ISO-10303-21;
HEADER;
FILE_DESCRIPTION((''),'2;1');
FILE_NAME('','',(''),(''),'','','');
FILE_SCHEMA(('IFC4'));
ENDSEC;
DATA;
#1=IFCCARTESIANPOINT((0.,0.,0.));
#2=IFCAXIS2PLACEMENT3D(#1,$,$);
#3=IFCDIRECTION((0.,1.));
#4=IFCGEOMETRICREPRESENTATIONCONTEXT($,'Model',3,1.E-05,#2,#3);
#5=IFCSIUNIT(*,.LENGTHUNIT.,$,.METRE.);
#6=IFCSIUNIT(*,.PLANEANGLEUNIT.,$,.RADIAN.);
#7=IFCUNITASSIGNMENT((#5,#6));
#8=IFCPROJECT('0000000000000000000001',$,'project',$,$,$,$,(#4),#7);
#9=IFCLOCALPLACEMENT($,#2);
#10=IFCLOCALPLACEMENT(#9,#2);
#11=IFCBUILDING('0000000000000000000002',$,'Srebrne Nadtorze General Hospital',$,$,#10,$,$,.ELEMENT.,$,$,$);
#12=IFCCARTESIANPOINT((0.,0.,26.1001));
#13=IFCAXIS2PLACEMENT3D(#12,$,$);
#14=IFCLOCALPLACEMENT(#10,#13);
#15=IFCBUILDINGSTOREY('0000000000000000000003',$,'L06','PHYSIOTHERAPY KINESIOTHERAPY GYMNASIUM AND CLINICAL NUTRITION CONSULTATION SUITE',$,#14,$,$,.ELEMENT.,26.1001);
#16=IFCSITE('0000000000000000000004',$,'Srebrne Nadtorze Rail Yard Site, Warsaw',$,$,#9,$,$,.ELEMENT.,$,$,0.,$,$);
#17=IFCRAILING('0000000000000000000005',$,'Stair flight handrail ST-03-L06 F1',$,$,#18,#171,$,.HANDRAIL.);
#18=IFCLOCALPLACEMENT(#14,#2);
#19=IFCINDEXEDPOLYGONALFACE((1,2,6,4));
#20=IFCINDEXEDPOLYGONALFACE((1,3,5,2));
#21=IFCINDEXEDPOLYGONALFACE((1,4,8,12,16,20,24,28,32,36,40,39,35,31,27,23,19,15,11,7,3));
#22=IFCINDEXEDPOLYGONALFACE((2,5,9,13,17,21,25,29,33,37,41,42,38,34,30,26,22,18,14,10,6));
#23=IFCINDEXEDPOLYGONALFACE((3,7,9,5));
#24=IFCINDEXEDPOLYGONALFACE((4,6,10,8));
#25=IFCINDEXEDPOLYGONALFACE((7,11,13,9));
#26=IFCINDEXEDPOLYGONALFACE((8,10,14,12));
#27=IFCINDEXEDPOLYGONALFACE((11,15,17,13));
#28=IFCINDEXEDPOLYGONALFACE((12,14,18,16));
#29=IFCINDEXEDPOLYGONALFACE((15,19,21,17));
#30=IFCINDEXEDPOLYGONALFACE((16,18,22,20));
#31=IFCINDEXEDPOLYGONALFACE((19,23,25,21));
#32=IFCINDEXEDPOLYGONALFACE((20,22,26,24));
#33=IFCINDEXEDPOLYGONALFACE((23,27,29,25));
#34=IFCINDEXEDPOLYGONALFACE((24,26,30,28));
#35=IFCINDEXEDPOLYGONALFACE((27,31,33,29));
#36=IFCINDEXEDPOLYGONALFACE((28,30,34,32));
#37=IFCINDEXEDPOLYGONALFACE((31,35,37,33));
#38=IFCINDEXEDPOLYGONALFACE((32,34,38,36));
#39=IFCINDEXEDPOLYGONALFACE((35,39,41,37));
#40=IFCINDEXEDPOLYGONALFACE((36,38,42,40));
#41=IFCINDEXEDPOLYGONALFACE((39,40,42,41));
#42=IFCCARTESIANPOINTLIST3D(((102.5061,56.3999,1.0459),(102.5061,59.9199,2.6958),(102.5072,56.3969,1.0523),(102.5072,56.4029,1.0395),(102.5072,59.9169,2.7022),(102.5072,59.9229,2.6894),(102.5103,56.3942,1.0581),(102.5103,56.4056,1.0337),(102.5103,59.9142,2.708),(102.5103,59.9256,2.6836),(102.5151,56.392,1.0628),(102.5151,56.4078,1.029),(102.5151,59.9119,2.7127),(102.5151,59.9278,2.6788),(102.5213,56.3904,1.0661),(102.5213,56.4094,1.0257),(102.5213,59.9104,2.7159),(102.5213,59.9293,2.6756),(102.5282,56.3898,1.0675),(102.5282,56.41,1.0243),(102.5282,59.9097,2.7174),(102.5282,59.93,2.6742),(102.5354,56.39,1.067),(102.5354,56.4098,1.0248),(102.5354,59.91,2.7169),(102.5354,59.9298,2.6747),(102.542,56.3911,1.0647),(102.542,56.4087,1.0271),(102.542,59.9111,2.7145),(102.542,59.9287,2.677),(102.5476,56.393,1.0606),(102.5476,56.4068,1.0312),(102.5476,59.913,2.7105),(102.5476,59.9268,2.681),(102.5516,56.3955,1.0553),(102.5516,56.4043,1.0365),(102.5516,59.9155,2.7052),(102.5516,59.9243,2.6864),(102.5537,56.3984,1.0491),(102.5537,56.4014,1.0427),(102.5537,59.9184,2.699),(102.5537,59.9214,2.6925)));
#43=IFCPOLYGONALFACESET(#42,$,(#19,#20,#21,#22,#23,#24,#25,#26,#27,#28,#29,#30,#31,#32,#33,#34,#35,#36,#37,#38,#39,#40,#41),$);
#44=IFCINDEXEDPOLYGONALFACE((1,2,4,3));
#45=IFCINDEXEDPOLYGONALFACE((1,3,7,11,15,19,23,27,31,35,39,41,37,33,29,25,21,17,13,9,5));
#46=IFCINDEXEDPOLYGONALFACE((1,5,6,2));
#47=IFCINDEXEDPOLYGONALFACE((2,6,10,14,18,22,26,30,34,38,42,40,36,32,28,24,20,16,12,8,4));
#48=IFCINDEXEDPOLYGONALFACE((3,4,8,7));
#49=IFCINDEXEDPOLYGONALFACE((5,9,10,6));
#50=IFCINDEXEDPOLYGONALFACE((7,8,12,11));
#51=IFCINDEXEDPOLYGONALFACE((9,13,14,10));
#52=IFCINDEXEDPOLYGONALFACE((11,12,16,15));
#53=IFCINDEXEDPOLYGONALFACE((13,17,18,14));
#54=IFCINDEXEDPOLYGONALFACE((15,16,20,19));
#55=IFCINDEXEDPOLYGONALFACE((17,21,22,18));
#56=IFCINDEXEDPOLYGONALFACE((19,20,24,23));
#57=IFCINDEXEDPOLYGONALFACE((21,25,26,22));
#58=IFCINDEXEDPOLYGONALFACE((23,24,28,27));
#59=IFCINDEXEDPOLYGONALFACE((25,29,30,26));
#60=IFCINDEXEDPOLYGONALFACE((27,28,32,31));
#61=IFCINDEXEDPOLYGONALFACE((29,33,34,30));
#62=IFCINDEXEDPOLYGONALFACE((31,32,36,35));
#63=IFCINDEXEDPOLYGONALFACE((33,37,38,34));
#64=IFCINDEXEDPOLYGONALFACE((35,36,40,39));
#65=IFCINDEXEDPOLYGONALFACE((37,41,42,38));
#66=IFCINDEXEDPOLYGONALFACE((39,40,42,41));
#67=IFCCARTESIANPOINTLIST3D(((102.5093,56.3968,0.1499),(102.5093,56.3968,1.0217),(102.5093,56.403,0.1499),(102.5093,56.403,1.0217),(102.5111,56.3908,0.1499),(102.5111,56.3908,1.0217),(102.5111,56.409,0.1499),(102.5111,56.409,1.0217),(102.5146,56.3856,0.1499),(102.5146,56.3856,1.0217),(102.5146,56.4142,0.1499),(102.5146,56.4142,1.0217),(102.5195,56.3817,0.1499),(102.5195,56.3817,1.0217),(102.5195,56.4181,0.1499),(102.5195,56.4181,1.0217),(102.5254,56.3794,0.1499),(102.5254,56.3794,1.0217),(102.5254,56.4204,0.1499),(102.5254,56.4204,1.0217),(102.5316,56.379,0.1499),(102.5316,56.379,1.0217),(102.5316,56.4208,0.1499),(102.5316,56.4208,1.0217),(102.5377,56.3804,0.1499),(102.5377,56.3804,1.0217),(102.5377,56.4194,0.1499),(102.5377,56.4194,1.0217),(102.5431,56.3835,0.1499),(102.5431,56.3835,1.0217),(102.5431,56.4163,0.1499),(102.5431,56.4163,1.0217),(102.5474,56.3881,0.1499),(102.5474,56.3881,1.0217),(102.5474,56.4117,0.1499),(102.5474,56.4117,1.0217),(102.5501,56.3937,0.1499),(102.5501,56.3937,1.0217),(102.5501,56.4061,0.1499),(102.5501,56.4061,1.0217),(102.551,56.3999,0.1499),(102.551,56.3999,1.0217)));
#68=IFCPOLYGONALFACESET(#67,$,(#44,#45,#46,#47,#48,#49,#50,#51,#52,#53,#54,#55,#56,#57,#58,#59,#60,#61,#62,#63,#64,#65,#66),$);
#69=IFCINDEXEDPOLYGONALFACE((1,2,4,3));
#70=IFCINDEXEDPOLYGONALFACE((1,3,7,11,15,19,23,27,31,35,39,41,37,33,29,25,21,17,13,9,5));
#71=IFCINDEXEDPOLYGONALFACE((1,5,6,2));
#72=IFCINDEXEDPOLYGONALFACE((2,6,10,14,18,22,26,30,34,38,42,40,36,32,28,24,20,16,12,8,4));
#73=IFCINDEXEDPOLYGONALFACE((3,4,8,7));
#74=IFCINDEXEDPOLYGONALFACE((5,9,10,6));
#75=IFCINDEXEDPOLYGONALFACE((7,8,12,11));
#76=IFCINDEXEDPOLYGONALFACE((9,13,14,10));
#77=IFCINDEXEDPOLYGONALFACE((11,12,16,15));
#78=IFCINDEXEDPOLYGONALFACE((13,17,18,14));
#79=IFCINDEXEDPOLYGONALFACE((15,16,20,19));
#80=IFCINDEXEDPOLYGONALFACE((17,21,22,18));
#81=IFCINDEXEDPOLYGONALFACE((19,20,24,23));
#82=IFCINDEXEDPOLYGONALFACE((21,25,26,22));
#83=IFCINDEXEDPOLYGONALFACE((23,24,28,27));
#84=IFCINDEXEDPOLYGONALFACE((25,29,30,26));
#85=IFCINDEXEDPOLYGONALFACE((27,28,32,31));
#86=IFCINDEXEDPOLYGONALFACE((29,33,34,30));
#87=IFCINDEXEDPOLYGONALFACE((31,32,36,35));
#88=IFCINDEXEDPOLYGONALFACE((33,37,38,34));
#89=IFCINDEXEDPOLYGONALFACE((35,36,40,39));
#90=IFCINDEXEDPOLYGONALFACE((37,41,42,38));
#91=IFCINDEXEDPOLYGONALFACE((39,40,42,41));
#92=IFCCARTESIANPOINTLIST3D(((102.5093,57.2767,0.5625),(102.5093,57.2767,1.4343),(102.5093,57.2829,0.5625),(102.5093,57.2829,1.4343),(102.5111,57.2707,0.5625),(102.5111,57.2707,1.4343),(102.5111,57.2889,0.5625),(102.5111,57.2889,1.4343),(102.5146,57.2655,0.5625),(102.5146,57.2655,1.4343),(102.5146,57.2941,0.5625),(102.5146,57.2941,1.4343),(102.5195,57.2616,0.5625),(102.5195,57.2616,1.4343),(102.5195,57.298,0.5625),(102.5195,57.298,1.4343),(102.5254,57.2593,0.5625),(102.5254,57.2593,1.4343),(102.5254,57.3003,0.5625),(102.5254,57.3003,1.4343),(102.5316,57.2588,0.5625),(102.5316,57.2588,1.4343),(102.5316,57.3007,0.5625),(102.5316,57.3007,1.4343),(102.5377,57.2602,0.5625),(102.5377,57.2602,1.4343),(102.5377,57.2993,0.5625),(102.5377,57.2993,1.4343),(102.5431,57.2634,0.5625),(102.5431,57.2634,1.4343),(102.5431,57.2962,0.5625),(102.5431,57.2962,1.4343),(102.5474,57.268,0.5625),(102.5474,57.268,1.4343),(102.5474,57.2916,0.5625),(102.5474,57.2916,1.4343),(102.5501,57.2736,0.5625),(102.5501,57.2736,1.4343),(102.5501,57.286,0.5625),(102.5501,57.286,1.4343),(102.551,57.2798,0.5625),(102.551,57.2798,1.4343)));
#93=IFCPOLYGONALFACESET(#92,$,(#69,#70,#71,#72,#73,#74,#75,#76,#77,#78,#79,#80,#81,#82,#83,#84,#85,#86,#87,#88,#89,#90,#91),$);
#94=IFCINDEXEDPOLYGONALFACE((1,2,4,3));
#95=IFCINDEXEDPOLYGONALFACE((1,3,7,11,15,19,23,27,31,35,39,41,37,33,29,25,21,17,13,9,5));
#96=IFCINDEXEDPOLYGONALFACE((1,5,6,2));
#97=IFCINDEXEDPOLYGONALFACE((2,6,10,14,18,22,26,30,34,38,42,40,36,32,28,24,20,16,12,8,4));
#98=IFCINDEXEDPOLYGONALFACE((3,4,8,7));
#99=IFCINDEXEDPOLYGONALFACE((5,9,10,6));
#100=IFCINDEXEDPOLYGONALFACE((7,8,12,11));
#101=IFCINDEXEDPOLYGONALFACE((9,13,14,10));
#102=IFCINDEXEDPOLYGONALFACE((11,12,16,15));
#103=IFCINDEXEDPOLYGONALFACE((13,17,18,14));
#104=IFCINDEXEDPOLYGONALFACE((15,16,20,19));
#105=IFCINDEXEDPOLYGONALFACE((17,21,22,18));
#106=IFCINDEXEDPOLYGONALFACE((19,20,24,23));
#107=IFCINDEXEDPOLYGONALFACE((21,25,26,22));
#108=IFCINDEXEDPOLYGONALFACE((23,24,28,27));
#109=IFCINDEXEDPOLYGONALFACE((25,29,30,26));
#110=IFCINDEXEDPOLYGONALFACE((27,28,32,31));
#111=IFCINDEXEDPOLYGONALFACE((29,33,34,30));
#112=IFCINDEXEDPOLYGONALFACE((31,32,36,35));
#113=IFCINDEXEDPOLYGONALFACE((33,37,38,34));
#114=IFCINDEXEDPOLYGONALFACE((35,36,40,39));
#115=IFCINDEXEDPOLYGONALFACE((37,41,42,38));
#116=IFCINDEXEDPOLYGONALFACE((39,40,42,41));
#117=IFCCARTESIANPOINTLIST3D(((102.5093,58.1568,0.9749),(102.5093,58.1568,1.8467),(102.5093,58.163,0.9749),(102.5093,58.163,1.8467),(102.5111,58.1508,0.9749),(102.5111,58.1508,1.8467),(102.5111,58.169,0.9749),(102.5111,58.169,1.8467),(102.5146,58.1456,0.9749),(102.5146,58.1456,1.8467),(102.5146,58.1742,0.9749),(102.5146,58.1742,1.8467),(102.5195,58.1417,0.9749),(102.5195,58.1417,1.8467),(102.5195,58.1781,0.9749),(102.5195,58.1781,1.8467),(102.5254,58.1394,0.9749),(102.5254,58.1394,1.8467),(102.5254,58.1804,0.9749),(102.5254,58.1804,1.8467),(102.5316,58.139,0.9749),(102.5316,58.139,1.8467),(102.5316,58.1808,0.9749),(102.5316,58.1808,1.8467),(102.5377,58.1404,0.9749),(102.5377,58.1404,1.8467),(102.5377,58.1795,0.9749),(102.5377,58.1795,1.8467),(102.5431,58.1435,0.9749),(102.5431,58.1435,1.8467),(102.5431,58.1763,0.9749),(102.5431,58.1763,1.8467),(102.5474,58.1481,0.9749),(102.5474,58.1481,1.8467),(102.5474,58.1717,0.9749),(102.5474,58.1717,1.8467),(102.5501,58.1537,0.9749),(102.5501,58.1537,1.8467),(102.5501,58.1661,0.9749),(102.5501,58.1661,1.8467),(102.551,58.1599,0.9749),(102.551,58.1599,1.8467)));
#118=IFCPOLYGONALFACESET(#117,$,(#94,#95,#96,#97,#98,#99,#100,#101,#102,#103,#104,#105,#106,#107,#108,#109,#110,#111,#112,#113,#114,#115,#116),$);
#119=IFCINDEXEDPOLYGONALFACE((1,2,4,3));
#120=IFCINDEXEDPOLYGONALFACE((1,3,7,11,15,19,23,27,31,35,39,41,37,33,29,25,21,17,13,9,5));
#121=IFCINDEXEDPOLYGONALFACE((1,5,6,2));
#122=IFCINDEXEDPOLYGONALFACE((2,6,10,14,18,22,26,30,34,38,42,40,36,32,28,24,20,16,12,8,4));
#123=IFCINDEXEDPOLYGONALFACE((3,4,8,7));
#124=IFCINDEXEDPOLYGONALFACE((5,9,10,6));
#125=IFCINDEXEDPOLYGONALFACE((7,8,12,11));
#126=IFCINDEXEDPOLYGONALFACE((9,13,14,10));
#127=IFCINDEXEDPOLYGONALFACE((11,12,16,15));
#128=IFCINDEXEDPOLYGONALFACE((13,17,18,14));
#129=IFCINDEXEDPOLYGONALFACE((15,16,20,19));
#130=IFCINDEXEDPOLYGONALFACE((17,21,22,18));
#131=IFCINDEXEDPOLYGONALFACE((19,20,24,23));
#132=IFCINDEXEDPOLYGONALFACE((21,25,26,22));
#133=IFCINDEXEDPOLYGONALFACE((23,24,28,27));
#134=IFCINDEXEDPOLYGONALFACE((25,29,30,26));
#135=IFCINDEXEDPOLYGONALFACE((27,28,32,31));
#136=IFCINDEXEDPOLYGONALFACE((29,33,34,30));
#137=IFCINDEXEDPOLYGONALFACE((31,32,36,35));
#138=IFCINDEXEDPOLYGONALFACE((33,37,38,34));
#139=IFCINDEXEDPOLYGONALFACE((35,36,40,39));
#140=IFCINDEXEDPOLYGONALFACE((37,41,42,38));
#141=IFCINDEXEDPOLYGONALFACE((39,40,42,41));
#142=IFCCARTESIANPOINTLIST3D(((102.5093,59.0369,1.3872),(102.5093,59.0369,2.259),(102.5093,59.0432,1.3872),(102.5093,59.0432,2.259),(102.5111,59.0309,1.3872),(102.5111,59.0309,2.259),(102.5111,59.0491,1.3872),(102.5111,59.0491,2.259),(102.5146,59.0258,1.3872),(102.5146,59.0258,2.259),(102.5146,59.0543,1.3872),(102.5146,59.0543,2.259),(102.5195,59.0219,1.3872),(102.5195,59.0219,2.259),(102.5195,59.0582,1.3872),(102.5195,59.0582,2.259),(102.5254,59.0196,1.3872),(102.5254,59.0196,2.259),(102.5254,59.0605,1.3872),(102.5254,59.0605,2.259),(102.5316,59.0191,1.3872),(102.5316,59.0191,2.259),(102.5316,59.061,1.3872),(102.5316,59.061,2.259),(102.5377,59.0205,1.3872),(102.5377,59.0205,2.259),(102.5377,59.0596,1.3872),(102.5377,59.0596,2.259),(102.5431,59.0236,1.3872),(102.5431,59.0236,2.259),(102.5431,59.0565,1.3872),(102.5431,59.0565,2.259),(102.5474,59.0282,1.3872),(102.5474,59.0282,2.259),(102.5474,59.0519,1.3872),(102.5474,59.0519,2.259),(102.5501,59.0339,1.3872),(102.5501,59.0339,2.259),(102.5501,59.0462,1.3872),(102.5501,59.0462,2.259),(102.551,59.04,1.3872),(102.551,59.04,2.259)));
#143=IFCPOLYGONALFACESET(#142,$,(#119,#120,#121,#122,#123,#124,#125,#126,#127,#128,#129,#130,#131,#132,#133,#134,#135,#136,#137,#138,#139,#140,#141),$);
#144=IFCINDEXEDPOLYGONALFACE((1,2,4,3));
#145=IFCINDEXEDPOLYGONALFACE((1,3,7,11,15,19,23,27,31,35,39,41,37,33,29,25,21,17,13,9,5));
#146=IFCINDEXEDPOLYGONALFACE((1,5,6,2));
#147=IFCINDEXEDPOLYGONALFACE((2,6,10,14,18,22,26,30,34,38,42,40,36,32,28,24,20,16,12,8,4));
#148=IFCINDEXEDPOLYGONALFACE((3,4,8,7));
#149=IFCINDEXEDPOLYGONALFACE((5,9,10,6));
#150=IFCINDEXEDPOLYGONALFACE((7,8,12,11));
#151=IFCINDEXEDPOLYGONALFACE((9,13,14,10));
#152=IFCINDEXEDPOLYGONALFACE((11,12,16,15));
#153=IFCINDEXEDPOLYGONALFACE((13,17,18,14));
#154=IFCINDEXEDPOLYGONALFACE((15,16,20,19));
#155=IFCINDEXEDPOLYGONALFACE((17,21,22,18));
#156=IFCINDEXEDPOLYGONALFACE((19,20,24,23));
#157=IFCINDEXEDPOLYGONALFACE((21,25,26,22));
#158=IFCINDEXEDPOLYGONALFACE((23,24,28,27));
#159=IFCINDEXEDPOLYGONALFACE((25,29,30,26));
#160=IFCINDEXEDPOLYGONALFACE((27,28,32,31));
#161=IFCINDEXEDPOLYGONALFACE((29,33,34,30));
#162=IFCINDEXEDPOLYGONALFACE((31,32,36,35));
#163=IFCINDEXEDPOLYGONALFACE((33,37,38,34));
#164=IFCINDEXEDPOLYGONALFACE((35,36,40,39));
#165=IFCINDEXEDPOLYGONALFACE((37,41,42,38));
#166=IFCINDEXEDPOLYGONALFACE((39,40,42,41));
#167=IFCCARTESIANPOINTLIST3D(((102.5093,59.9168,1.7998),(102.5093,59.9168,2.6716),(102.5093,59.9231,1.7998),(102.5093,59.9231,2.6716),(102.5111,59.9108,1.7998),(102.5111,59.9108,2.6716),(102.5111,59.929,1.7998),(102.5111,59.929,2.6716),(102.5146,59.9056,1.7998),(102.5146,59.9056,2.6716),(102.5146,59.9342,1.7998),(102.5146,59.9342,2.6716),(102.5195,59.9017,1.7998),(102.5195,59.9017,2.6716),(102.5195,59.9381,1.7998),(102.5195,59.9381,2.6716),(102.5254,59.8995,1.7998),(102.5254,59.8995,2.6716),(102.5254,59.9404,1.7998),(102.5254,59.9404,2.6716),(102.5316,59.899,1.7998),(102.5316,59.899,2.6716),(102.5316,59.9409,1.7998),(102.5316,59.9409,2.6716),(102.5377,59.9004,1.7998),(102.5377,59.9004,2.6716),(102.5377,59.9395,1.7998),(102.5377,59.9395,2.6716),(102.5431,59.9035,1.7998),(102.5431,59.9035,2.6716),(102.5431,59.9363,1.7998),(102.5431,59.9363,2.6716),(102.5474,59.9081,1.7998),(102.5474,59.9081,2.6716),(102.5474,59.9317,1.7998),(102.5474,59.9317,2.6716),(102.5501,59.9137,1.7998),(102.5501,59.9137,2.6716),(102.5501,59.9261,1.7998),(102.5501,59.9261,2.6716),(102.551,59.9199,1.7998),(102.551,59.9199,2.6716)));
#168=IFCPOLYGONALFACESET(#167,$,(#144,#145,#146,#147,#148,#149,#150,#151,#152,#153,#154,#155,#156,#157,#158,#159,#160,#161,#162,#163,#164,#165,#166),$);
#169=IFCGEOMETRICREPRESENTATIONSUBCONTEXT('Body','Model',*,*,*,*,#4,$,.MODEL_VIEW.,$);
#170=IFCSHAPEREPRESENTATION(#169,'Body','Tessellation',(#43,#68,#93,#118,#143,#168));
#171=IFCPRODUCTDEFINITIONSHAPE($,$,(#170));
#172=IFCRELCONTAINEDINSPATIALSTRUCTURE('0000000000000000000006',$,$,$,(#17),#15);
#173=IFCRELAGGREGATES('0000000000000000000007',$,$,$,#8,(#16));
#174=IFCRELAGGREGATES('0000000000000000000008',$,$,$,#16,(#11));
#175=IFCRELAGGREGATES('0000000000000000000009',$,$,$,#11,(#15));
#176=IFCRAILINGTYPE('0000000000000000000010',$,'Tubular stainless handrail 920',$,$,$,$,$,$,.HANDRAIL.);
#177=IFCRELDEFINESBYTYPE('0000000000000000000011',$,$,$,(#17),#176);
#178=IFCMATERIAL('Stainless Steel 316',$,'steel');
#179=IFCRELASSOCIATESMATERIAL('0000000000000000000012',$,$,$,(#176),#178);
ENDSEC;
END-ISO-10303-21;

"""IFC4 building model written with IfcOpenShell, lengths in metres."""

from ifc_helpers import new_model, si_unit, direction, frame, origin, origin_2d, place, context, subcontext, project, spatial, circle, extrude, material, type_object, element, save


model = new_model("IFC4")

# Units and contexts
model_context = context("Model", 3, precision=1e-05, world=origin(), true_north=direction((0.0, 1.0)))
body_context = subcontext(model_context, "Body", "Model", "MODEL_VIEW")
ifc_project = project(units=[si_unit("LENGTHUNIT", "METRE"), si_unit("PLANEANGLEUNIT", "RADIAN")], contexts=[model_context])

# Site, building, storey
site_placement = place(None, origin())
site = spatial("IfcSite", under=ifc_project, at=site_placement, Name="Srebrne Nadtorze Rail Yard Site, Warsaw", CompositionType="ELEMENT", RefElevation=0.0)
building_placement = place(site_placement, origin())
building = spatial("IfcBuilding", under=site, at=building_placement, Name="Srebrne Nadtorze General Hospital", CompositionType="ELEMENT")
storey_placement = place(building_placement, frame((0.0, 0.0, 26.1001)))
storey = spatial("IfcBuildingStorey", under=building, at=storey_placement, Name="L06", Description="PHYSIOTHERAPY KINESIOTHERAPY GYMNASIUM AND CLINICAL NUTRITION CONSULTATION SUITE", CompositionType="ELEMENT", Elevation=26.1001)

# Railing
ifc_material_1 = material(Name="Stainless Steel 316", Category="steel")
railing_type = type_object("IfcRailingType", Name="Tubular stainless handrail 920", PredefinedType="HANDRAIL", material=ifc_material_1)
railing_placement = place(storey_placement, frame((102.53, 56.3999, 0.1499)))
element("IfcRailing", 1, at=railing_placement, inside=storey, type_object=railing_type, Name="Stair flight handrail ST-03-L06 F1", PredefinedType="HANDRAIL", context=body_context, shape_type="SweptSolid", body=[
    extrude(circle(Radius=0.0239, at=origin_2d()), frame((0.0, 0.0, 0.896), z_axis=(0.0, 0.905469, 0.424411), x_axis=(-1.0, 0.0, 0.0)), (0.0, 0.0, 1.0), 3.8875),
    extrude(circle(Radius=0.021, at=origin_2d()), origin(), (0.0, 0.0, 1.0), 0.8718),
    extrude(circle(Radius=0.021, at=origin_2d()), frame((0.0, 0.8799, 0.4126)), (0.0, 0.0, 1.0), 0.8718),
    extrude(circle(Radius=0.021, at=origin_2d()), frame((0.0, 1.76, 0.825)), (0.0, 0.0, 1.0), 0.8718),
    extrude(circle(Radius=0.021, at=origin_2d()), frame((0.0, 2.6401, 1.2373)), (0.0, 0.0, 1.0), 0.8718),
    extrude(circle(Radius=0.021, at=origin_2d()), frame((0.0, 3.52, 1.6499)), (0.0, 0.0, 1.0), 0.8718),
])

save(model, "model.ifc")
